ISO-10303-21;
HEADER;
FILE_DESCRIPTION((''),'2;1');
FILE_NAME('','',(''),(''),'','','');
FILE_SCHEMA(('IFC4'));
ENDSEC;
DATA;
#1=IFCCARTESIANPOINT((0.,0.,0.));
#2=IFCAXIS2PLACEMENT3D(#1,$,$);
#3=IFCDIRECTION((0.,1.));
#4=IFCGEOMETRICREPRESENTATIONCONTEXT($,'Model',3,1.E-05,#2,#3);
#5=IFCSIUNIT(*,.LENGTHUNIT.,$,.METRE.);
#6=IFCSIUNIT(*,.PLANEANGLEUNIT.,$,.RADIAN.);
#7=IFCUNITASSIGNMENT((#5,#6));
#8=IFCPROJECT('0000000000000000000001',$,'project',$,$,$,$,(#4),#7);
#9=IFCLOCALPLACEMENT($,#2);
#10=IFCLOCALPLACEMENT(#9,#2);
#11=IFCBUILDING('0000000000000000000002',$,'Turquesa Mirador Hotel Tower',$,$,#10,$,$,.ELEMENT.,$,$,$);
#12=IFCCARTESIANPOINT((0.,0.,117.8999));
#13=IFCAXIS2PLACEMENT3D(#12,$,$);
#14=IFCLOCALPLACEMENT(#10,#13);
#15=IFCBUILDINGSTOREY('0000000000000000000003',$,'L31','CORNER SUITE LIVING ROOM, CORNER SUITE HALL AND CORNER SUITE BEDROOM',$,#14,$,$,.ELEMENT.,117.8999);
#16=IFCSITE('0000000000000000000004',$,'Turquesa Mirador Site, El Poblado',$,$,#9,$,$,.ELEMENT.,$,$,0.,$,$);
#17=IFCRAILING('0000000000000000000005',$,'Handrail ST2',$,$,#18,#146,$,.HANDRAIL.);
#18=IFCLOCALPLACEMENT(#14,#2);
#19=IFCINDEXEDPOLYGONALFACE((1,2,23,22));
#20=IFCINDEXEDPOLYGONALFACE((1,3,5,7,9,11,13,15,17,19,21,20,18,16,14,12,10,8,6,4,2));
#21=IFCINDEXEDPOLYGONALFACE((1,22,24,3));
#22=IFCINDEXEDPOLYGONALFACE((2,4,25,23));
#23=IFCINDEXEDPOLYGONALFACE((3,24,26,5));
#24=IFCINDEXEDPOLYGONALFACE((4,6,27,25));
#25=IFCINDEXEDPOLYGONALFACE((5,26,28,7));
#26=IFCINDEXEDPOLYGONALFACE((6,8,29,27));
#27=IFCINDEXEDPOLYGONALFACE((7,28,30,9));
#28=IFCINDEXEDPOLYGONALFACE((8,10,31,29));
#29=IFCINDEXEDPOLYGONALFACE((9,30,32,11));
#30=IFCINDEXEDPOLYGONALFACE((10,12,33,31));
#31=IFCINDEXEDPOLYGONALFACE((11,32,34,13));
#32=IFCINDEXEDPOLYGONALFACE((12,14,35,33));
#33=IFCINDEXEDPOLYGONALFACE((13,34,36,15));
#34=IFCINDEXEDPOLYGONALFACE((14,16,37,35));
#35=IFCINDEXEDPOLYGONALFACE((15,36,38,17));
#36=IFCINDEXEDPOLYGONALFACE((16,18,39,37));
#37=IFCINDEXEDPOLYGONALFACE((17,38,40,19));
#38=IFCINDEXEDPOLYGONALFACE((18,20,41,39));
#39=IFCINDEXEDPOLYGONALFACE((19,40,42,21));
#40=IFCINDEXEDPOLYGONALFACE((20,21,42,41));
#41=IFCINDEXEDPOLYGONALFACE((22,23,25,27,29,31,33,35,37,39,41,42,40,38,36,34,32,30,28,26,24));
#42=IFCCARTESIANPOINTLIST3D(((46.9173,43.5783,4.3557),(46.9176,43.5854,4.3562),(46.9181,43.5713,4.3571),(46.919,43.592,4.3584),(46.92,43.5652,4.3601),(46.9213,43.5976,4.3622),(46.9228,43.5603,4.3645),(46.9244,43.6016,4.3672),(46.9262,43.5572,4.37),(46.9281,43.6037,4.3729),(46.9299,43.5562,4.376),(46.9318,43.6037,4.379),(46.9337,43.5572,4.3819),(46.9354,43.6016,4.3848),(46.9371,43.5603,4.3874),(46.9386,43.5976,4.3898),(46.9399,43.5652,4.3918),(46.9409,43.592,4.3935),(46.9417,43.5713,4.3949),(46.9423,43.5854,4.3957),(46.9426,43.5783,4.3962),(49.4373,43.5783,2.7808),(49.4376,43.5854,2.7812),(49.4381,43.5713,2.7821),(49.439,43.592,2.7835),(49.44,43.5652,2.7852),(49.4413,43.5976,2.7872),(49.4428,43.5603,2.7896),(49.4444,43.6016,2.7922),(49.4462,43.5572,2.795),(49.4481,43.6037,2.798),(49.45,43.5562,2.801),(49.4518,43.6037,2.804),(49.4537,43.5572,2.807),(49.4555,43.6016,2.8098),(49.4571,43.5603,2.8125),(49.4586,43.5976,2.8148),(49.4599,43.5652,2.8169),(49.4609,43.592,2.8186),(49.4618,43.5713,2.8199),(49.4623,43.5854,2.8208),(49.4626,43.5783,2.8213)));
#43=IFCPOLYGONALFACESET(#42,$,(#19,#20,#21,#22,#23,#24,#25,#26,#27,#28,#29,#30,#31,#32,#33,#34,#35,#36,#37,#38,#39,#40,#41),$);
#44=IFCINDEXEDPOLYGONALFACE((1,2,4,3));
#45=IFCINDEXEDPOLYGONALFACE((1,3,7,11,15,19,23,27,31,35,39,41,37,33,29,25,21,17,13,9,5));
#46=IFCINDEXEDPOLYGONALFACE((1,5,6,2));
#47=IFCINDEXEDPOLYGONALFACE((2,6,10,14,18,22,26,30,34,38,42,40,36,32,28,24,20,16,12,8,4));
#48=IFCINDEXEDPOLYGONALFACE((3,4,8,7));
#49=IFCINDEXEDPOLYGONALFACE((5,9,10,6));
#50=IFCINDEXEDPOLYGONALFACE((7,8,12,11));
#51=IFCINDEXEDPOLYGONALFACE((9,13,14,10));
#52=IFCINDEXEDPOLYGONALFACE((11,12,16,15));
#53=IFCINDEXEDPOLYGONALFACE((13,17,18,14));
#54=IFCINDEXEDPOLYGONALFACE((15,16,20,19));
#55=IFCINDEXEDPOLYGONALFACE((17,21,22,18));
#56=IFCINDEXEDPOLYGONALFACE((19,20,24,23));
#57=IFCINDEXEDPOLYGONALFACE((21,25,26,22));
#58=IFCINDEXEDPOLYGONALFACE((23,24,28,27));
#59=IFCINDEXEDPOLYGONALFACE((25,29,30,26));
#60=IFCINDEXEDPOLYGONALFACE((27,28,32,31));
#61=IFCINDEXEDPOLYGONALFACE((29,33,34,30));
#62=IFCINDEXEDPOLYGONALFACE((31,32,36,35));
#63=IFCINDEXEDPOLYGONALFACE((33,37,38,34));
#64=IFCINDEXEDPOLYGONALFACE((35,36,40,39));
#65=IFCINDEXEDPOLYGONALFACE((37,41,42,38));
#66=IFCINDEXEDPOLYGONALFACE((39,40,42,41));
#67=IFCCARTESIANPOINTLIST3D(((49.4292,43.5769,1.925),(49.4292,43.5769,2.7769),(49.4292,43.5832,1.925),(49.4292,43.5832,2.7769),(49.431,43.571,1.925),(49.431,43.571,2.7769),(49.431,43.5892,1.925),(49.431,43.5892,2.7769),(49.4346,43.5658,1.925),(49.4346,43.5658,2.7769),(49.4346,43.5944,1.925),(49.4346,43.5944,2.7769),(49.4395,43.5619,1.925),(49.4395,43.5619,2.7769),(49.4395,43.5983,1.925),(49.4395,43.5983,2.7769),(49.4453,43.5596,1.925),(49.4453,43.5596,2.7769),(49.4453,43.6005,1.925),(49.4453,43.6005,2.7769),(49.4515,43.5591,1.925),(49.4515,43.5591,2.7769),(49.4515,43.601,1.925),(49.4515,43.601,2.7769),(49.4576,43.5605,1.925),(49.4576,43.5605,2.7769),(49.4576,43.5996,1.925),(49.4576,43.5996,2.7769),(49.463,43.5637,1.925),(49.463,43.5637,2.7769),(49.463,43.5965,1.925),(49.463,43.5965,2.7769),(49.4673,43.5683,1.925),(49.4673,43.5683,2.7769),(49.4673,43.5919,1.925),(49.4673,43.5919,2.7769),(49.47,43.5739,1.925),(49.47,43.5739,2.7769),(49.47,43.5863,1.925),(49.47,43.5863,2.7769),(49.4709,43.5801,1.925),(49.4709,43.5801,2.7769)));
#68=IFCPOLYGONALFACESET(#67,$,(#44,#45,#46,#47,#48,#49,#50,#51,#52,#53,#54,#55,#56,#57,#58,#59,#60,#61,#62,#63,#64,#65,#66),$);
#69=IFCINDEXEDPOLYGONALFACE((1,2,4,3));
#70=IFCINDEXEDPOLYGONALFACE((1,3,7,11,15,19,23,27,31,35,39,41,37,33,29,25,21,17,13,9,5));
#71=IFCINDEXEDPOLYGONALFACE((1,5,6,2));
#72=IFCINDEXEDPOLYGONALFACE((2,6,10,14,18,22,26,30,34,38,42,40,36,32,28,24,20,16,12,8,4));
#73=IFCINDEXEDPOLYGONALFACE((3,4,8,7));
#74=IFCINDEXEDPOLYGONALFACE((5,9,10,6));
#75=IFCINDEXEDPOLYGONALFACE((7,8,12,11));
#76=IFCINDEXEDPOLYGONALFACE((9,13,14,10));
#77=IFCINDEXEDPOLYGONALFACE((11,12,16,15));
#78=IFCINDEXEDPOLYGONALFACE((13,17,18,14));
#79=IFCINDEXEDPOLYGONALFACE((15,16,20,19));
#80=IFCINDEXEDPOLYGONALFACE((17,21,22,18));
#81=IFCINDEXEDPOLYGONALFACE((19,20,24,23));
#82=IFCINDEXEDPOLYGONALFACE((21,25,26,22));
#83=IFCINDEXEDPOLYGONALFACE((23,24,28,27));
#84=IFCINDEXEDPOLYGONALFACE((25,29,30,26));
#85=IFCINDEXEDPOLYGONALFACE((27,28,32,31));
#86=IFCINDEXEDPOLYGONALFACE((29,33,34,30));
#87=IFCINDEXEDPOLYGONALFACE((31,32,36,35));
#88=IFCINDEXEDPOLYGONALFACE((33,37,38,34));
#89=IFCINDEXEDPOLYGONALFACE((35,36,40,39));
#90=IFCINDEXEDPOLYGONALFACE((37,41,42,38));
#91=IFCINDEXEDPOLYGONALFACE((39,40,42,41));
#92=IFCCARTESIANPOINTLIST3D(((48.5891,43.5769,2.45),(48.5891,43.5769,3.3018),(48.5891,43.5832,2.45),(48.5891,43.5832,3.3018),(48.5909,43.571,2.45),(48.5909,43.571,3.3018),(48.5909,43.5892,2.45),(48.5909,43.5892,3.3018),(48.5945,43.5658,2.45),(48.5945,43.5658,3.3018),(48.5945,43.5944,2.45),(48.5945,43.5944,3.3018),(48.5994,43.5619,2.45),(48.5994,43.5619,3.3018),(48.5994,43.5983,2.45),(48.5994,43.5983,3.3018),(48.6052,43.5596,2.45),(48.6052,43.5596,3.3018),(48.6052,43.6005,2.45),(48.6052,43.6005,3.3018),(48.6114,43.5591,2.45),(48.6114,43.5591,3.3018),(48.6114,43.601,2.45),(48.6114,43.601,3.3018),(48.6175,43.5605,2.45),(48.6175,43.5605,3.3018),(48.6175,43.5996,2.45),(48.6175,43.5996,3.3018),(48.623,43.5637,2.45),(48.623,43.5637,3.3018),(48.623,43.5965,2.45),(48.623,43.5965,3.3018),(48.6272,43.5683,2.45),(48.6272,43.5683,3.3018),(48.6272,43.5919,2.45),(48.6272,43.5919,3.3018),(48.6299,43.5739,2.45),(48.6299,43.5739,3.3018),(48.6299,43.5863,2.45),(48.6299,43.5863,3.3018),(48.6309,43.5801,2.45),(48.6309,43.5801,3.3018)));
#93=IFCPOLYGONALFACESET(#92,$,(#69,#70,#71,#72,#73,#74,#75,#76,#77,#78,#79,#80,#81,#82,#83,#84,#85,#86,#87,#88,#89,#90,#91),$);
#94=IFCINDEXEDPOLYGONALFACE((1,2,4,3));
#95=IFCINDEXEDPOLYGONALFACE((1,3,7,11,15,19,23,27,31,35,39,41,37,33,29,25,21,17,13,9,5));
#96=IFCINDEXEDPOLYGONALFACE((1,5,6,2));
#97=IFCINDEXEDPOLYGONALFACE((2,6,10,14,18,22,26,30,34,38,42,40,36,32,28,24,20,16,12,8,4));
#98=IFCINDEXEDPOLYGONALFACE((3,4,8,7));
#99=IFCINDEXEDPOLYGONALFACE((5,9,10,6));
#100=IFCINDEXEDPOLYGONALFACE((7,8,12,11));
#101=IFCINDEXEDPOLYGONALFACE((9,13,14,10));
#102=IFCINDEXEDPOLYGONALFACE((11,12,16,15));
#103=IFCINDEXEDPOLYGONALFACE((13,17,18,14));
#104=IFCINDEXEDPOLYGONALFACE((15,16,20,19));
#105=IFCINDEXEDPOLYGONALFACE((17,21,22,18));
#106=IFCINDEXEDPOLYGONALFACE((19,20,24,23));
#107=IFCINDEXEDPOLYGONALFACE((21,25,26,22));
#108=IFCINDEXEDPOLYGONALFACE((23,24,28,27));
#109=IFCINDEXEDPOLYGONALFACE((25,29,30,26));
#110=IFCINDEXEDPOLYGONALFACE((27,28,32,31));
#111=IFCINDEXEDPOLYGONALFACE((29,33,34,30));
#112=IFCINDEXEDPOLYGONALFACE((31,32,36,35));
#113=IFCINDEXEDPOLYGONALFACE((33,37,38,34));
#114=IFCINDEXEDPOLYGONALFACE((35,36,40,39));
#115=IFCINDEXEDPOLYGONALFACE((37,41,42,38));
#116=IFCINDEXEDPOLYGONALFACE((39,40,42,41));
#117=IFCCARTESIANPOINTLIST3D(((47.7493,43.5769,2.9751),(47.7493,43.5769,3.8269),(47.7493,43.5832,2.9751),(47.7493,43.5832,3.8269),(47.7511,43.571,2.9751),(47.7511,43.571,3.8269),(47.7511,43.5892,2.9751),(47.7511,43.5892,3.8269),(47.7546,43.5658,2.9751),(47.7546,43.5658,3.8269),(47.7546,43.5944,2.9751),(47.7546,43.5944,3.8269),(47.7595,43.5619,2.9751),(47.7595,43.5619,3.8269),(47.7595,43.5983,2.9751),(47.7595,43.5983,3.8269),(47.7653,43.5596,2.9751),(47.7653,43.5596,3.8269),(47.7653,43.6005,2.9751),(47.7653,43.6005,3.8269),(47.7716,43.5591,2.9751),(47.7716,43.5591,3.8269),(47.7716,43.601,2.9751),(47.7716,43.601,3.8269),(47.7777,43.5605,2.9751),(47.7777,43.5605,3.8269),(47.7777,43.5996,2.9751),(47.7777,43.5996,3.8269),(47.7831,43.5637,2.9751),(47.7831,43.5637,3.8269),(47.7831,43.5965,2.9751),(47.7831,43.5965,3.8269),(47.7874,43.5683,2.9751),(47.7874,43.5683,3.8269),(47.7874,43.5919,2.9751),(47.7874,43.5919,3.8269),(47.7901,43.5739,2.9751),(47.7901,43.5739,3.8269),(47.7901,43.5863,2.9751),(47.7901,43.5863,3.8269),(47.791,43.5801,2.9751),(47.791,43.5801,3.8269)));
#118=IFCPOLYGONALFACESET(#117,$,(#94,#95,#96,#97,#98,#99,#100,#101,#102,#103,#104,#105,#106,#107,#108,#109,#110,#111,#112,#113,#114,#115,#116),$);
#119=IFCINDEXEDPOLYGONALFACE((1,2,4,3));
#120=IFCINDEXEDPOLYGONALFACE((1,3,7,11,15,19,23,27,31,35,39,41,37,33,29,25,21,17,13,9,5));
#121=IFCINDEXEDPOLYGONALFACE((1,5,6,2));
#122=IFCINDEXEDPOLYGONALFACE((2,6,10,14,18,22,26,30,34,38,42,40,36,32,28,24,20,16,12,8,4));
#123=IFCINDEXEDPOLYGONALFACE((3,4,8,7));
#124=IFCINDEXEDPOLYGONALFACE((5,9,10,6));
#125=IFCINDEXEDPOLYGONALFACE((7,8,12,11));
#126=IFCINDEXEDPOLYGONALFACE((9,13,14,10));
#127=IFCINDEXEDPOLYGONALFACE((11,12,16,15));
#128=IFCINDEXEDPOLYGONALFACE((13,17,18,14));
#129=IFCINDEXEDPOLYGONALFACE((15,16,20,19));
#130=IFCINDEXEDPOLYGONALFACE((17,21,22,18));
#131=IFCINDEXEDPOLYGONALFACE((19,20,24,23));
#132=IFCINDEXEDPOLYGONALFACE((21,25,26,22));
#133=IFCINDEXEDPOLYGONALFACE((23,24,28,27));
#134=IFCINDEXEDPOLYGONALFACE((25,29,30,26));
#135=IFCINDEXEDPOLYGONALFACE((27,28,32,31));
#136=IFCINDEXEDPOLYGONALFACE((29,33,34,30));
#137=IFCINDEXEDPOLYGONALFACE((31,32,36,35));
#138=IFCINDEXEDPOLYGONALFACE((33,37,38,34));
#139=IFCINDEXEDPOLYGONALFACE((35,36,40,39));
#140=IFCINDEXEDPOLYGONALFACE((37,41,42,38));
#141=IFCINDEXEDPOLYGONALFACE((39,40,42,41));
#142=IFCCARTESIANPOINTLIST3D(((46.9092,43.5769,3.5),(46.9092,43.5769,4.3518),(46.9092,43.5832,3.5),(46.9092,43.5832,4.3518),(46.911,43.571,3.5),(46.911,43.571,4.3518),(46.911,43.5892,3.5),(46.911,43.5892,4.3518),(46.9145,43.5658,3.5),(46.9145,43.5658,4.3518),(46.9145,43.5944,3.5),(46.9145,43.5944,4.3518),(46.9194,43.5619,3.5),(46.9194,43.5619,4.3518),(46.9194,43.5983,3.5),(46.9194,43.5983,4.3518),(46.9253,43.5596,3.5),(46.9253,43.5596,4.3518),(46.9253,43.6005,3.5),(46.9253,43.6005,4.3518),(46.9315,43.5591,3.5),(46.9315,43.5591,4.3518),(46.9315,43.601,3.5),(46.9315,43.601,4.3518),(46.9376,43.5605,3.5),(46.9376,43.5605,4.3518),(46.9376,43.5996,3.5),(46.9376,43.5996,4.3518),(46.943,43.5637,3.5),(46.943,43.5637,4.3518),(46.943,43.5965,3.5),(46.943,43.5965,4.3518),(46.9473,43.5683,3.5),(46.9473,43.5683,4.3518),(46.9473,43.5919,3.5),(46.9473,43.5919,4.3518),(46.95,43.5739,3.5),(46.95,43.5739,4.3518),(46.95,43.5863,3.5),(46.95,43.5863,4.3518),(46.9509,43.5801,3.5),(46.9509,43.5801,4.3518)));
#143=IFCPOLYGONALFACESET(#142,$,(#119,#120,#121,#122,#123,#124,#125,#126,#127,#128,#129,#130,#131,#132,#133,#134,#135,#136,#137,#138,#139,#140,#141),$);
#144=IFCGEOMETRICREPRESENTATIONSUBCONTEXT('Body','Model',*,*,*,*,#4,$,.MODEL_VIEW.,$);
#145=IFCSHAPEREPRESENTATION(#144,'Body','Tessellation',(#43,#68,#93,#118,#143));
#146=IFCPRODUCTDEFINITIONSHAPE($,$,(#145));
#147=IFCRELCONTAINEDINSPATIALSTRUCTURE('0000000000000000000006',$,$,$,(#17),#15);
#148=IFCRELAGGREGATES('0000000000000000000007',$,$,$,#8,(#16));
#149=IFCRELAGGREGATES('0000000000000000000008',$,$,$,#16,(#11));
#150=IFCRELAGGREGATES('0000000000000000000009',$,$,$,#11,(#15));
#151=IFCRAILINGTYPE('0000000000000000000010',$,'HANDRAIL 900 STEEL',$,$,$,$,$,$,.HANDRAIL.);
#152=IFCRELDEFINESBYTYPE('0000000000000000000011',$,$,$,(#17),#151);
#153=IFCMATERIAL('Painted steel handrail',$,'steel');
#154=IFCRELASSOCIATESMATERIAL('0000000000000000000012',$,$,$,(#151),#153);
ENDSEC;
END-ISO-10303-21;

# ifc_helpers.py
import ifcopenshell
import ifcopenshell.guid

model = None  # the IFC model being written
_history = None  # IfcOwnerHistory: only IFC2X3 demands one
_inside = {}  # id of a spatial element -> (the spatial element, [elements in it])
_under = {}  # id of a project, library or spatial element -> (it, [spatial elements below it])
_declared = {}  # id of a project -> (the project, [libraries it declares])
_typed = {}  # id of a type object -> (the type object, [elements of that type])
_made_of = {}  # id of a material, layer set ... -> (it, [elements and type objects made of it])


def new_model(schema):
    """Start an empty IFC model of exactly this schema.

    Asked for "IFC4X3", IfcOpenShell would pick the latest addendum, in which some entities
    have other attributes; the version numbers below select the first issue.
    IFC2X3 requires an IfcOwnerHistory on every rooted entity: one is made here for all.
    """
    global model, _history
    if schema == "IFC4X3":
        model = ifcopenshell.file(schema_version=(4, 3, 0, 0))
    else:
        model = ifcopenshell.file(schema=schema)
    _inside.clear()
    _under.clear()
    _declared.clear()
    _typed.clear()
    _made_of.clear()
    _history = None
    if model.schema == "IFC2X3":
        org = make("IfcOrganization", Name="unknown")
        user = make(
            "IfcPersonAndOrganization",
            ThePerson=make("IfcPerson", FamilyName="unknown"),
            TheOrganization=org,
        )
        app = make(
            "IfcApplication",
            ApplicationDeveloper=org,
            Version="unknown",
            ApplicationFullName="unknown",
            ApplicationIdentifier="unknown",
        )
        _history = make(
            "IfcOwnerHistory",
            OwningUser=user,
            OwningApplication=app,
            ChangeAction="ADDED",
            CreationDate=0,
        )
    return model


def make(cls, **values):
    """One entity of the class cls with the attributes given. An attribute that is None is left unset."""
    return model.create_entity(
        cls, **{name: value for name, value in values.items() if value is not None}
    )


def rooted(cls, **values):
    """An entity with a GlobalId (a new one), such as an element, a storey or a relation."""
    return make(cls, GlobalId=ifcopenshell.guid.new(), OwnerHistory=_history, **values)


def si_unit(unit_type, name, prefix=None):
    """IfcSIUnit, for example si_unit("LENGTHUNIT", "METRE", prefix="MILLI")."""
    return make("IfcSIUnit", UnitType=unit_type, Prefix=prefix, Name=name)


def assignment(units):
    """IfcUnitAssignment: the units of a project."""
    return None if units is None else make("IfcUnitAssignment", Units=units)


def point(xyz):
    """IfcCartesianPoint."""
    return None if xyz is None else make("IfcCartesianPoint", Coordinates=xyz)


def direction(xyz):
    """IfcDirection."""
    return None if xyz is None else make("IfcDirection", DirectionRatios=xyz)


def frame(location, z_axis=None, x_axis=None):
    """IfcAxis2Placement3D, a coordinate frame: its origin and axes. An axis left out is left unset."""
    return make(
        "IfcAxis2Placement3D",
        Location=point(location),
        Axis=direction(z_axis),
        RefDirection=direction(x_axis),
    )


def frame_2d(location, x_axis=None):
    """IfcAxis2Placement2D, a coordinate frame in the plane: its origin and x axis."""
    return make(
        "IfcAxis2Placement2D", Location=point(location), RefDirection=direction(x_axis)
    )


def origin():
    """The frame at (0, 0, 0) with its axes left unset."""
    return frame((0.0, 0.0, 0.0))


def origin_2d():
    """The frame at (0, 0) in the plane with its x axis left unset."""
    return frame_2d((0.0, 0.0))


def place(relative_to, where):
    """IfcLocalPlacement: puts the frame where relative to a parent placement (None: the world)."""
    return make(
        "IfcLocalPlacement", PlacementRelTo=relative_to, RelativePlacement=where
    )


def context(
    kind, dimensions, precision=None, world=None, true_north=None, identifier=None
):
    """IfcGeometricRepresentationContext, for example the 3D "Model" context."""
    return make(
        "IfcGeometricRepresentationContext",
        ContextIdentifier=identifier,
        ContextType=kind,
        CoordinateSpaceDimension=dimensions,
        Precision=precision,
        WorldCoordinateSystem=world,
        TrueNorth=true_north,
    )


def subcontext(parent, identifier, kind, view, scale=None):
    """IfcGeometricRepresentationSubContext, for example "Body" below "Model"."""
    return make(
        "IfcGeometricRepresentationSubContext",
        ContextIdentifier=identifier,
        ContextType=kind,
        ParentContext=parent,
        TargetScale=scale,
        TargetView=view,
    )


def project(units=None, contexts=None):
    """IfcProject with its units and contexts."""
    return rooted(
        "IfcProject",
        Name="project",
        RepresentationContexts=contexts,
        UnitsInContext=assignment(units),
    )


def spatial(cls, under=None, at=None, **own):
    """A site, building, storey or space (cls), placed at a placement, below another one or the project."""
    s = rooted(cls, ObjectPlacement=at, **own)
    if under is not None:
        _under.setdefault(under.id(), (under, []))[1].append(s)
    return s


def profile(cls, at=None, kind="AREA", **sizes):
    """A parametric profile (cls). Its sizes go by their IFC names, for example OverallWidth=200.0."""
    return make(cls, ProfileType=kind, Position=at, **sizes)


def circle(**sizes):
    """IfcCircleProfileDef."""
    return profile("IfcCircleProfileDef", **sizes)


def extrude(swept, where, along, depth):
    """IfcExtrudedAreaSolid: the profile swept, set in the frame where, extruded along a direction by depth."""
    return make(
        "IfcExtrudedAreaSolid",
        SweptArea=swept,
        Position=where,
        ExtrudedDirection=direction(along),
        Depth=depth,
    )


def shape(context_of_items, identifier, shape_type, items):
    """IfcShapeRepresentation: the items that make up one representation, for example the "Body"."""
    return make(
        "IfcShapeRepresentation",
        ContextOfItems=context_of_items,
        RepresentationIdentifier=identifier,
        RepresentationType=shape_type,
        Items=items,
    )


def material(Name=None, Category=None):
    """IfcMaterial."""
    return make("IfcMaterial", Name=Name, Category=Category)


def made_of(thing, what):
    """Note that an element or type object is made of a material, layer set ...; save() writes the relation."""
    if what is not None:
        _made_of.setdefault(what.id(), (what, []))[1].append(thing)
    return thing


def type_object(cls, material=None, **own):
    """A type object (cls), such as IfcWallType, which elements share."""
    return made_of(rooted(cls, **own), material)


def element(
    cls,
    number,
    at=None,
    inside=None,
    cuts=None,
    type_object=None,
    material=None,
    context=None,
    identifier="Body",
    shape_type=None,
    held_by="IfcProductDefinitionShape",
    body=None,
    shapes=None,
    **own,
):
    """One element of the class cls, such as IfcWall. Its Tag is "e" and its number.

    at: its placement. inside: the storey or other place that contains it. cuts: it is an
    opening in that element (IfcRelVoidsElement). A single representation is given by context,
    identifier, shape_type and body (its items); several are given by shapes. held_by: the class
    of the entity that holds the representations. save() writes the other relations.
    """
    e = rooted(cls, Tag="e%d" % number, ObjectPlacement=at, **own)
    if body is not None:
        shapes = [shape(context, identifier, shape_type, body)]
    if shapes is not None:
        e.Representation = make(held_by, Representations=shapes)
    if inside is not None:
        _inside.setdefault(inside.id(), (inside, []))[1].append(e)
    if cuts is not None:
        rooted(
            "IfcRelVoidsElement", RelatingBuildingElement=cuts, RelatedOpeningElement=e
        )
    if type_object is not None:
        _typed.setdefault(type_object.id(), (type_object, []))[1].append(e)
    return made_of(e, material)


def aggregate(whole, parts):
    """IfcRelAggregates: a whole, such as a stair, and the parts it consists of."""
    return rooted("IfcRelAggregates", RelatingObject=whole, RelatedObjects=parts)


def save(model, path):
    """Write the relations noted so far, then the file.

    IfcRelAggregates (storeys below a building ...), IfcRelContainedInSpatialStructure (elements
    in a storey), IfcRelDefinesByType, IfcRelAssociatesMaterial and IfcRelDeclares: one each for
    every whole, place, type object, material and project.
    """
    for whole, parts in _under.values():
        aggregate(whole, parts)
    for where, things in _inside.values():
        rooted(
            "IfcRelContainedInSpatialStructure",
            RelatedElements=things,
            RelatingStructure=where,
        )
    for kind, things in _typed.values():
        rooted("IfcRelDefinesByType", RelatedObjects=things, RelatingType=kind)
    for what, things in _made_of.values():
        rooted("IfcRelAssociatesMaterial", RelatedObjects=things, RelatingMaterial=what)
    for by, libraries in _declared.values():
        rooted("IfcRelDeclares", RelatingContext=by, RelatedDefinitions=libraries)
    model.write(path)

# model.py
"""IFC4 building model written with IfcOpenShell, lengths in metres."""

from ifc_helpers import new_model, si_unit, direction, frame, origin, origin_2d, place, context, subcontext, project, spatial, circle, extrude, material, type_object, element, save


model = new_model("IFC4")

# Units and contexts
model_context = context("Model", 3, precision=1e-05, world=origin(), true_north=direction((0.0, 1.0)))
body_context = subcontext(model_context, "Body", "Model", "MODEL_VIEW")
ifc_project = project(units=[si_unit("LENGTHUNIT", "METRE"), si_unit("PLANEANGLEUNIT", "RADIAN")], contexts=[model_context])

# Site, building, storey
site_placement = place(None, origin())
site = spatial("IfcSite", under=ifc_project, at=site_placement, Name="Turquesa Mirador Site, El Poblado", CompositionType="ELEMENT", RefElevation=0.0)
building_placement = place(site_placement, origin())
building = spatial("IfcBuilding", under=site, at=building_placement, Name="Turquesa Mirador Hotel Tower", CompositionType="ELEMENT")
storey_placement = place(building_placement, frame((0.0, 0.0, 117.8999)))
storey = spatial("IfcBuildingStorey", under=building, at=storey_placement, Name="L31", Description="CORNER SUITE LIVING ROOM, CORNER SUITE HALL AND CORNER SUITE BEDROOM", CompositionType="ELEMENT", Elevation=117.8999)

# Railing
ifc_material_1 = material(Name="Painted steel handrail", Category="steel")
railing_type = type_object("IfcRailingType", Name="HANDRAIL 900 STEEL", PredefinedType="HANDRAIL", material=ifc_material_1)
railing_1_placement = place(storey_placement, frame((49.45, 43.5801, 1.925)))
element("IfcRailing", 1, at=railing_1_placement, inside=storey, type_object=railing_type, Name="Handrail ST2", PredefinedType="HANDRAIL", context=body_context, shape_type="SweptSolid", body=[
    extrude(circle(Radius=0.0239, at=origin_2d()), frame((0.0, 0.0, 0.876), z_axis=(-0.848008, 0.0, 0.529984), x_axis=(0.0, -1.0, 0.0)), (0.0, 0.0, 1.0), 2.9717),
    extrude(circle(Radius=0.021, at=origin_2d()), origin(), (0.0, 0.0, 1.0), 0.8518),
    extrude(circle(Radius=0.021, at=origin_2d()), frame((-0.8401, 0.0, 0.5249)), (0.0, 0.0, 1.0), 0.8518),
    extrude(circle(Radius=0.021, at=origin_2d()), frame((-1.6799, 0.0, 1.05)), (0.0, 0.0, 1.0), 0.8518),
    extrude(circle(Radius=0.021, at=origin_2d()), frame((-2.52, 0.0, 1.575)), (0.0, 0.0, 1.0), 0.8518),
])

save(model, "model.ifc")
